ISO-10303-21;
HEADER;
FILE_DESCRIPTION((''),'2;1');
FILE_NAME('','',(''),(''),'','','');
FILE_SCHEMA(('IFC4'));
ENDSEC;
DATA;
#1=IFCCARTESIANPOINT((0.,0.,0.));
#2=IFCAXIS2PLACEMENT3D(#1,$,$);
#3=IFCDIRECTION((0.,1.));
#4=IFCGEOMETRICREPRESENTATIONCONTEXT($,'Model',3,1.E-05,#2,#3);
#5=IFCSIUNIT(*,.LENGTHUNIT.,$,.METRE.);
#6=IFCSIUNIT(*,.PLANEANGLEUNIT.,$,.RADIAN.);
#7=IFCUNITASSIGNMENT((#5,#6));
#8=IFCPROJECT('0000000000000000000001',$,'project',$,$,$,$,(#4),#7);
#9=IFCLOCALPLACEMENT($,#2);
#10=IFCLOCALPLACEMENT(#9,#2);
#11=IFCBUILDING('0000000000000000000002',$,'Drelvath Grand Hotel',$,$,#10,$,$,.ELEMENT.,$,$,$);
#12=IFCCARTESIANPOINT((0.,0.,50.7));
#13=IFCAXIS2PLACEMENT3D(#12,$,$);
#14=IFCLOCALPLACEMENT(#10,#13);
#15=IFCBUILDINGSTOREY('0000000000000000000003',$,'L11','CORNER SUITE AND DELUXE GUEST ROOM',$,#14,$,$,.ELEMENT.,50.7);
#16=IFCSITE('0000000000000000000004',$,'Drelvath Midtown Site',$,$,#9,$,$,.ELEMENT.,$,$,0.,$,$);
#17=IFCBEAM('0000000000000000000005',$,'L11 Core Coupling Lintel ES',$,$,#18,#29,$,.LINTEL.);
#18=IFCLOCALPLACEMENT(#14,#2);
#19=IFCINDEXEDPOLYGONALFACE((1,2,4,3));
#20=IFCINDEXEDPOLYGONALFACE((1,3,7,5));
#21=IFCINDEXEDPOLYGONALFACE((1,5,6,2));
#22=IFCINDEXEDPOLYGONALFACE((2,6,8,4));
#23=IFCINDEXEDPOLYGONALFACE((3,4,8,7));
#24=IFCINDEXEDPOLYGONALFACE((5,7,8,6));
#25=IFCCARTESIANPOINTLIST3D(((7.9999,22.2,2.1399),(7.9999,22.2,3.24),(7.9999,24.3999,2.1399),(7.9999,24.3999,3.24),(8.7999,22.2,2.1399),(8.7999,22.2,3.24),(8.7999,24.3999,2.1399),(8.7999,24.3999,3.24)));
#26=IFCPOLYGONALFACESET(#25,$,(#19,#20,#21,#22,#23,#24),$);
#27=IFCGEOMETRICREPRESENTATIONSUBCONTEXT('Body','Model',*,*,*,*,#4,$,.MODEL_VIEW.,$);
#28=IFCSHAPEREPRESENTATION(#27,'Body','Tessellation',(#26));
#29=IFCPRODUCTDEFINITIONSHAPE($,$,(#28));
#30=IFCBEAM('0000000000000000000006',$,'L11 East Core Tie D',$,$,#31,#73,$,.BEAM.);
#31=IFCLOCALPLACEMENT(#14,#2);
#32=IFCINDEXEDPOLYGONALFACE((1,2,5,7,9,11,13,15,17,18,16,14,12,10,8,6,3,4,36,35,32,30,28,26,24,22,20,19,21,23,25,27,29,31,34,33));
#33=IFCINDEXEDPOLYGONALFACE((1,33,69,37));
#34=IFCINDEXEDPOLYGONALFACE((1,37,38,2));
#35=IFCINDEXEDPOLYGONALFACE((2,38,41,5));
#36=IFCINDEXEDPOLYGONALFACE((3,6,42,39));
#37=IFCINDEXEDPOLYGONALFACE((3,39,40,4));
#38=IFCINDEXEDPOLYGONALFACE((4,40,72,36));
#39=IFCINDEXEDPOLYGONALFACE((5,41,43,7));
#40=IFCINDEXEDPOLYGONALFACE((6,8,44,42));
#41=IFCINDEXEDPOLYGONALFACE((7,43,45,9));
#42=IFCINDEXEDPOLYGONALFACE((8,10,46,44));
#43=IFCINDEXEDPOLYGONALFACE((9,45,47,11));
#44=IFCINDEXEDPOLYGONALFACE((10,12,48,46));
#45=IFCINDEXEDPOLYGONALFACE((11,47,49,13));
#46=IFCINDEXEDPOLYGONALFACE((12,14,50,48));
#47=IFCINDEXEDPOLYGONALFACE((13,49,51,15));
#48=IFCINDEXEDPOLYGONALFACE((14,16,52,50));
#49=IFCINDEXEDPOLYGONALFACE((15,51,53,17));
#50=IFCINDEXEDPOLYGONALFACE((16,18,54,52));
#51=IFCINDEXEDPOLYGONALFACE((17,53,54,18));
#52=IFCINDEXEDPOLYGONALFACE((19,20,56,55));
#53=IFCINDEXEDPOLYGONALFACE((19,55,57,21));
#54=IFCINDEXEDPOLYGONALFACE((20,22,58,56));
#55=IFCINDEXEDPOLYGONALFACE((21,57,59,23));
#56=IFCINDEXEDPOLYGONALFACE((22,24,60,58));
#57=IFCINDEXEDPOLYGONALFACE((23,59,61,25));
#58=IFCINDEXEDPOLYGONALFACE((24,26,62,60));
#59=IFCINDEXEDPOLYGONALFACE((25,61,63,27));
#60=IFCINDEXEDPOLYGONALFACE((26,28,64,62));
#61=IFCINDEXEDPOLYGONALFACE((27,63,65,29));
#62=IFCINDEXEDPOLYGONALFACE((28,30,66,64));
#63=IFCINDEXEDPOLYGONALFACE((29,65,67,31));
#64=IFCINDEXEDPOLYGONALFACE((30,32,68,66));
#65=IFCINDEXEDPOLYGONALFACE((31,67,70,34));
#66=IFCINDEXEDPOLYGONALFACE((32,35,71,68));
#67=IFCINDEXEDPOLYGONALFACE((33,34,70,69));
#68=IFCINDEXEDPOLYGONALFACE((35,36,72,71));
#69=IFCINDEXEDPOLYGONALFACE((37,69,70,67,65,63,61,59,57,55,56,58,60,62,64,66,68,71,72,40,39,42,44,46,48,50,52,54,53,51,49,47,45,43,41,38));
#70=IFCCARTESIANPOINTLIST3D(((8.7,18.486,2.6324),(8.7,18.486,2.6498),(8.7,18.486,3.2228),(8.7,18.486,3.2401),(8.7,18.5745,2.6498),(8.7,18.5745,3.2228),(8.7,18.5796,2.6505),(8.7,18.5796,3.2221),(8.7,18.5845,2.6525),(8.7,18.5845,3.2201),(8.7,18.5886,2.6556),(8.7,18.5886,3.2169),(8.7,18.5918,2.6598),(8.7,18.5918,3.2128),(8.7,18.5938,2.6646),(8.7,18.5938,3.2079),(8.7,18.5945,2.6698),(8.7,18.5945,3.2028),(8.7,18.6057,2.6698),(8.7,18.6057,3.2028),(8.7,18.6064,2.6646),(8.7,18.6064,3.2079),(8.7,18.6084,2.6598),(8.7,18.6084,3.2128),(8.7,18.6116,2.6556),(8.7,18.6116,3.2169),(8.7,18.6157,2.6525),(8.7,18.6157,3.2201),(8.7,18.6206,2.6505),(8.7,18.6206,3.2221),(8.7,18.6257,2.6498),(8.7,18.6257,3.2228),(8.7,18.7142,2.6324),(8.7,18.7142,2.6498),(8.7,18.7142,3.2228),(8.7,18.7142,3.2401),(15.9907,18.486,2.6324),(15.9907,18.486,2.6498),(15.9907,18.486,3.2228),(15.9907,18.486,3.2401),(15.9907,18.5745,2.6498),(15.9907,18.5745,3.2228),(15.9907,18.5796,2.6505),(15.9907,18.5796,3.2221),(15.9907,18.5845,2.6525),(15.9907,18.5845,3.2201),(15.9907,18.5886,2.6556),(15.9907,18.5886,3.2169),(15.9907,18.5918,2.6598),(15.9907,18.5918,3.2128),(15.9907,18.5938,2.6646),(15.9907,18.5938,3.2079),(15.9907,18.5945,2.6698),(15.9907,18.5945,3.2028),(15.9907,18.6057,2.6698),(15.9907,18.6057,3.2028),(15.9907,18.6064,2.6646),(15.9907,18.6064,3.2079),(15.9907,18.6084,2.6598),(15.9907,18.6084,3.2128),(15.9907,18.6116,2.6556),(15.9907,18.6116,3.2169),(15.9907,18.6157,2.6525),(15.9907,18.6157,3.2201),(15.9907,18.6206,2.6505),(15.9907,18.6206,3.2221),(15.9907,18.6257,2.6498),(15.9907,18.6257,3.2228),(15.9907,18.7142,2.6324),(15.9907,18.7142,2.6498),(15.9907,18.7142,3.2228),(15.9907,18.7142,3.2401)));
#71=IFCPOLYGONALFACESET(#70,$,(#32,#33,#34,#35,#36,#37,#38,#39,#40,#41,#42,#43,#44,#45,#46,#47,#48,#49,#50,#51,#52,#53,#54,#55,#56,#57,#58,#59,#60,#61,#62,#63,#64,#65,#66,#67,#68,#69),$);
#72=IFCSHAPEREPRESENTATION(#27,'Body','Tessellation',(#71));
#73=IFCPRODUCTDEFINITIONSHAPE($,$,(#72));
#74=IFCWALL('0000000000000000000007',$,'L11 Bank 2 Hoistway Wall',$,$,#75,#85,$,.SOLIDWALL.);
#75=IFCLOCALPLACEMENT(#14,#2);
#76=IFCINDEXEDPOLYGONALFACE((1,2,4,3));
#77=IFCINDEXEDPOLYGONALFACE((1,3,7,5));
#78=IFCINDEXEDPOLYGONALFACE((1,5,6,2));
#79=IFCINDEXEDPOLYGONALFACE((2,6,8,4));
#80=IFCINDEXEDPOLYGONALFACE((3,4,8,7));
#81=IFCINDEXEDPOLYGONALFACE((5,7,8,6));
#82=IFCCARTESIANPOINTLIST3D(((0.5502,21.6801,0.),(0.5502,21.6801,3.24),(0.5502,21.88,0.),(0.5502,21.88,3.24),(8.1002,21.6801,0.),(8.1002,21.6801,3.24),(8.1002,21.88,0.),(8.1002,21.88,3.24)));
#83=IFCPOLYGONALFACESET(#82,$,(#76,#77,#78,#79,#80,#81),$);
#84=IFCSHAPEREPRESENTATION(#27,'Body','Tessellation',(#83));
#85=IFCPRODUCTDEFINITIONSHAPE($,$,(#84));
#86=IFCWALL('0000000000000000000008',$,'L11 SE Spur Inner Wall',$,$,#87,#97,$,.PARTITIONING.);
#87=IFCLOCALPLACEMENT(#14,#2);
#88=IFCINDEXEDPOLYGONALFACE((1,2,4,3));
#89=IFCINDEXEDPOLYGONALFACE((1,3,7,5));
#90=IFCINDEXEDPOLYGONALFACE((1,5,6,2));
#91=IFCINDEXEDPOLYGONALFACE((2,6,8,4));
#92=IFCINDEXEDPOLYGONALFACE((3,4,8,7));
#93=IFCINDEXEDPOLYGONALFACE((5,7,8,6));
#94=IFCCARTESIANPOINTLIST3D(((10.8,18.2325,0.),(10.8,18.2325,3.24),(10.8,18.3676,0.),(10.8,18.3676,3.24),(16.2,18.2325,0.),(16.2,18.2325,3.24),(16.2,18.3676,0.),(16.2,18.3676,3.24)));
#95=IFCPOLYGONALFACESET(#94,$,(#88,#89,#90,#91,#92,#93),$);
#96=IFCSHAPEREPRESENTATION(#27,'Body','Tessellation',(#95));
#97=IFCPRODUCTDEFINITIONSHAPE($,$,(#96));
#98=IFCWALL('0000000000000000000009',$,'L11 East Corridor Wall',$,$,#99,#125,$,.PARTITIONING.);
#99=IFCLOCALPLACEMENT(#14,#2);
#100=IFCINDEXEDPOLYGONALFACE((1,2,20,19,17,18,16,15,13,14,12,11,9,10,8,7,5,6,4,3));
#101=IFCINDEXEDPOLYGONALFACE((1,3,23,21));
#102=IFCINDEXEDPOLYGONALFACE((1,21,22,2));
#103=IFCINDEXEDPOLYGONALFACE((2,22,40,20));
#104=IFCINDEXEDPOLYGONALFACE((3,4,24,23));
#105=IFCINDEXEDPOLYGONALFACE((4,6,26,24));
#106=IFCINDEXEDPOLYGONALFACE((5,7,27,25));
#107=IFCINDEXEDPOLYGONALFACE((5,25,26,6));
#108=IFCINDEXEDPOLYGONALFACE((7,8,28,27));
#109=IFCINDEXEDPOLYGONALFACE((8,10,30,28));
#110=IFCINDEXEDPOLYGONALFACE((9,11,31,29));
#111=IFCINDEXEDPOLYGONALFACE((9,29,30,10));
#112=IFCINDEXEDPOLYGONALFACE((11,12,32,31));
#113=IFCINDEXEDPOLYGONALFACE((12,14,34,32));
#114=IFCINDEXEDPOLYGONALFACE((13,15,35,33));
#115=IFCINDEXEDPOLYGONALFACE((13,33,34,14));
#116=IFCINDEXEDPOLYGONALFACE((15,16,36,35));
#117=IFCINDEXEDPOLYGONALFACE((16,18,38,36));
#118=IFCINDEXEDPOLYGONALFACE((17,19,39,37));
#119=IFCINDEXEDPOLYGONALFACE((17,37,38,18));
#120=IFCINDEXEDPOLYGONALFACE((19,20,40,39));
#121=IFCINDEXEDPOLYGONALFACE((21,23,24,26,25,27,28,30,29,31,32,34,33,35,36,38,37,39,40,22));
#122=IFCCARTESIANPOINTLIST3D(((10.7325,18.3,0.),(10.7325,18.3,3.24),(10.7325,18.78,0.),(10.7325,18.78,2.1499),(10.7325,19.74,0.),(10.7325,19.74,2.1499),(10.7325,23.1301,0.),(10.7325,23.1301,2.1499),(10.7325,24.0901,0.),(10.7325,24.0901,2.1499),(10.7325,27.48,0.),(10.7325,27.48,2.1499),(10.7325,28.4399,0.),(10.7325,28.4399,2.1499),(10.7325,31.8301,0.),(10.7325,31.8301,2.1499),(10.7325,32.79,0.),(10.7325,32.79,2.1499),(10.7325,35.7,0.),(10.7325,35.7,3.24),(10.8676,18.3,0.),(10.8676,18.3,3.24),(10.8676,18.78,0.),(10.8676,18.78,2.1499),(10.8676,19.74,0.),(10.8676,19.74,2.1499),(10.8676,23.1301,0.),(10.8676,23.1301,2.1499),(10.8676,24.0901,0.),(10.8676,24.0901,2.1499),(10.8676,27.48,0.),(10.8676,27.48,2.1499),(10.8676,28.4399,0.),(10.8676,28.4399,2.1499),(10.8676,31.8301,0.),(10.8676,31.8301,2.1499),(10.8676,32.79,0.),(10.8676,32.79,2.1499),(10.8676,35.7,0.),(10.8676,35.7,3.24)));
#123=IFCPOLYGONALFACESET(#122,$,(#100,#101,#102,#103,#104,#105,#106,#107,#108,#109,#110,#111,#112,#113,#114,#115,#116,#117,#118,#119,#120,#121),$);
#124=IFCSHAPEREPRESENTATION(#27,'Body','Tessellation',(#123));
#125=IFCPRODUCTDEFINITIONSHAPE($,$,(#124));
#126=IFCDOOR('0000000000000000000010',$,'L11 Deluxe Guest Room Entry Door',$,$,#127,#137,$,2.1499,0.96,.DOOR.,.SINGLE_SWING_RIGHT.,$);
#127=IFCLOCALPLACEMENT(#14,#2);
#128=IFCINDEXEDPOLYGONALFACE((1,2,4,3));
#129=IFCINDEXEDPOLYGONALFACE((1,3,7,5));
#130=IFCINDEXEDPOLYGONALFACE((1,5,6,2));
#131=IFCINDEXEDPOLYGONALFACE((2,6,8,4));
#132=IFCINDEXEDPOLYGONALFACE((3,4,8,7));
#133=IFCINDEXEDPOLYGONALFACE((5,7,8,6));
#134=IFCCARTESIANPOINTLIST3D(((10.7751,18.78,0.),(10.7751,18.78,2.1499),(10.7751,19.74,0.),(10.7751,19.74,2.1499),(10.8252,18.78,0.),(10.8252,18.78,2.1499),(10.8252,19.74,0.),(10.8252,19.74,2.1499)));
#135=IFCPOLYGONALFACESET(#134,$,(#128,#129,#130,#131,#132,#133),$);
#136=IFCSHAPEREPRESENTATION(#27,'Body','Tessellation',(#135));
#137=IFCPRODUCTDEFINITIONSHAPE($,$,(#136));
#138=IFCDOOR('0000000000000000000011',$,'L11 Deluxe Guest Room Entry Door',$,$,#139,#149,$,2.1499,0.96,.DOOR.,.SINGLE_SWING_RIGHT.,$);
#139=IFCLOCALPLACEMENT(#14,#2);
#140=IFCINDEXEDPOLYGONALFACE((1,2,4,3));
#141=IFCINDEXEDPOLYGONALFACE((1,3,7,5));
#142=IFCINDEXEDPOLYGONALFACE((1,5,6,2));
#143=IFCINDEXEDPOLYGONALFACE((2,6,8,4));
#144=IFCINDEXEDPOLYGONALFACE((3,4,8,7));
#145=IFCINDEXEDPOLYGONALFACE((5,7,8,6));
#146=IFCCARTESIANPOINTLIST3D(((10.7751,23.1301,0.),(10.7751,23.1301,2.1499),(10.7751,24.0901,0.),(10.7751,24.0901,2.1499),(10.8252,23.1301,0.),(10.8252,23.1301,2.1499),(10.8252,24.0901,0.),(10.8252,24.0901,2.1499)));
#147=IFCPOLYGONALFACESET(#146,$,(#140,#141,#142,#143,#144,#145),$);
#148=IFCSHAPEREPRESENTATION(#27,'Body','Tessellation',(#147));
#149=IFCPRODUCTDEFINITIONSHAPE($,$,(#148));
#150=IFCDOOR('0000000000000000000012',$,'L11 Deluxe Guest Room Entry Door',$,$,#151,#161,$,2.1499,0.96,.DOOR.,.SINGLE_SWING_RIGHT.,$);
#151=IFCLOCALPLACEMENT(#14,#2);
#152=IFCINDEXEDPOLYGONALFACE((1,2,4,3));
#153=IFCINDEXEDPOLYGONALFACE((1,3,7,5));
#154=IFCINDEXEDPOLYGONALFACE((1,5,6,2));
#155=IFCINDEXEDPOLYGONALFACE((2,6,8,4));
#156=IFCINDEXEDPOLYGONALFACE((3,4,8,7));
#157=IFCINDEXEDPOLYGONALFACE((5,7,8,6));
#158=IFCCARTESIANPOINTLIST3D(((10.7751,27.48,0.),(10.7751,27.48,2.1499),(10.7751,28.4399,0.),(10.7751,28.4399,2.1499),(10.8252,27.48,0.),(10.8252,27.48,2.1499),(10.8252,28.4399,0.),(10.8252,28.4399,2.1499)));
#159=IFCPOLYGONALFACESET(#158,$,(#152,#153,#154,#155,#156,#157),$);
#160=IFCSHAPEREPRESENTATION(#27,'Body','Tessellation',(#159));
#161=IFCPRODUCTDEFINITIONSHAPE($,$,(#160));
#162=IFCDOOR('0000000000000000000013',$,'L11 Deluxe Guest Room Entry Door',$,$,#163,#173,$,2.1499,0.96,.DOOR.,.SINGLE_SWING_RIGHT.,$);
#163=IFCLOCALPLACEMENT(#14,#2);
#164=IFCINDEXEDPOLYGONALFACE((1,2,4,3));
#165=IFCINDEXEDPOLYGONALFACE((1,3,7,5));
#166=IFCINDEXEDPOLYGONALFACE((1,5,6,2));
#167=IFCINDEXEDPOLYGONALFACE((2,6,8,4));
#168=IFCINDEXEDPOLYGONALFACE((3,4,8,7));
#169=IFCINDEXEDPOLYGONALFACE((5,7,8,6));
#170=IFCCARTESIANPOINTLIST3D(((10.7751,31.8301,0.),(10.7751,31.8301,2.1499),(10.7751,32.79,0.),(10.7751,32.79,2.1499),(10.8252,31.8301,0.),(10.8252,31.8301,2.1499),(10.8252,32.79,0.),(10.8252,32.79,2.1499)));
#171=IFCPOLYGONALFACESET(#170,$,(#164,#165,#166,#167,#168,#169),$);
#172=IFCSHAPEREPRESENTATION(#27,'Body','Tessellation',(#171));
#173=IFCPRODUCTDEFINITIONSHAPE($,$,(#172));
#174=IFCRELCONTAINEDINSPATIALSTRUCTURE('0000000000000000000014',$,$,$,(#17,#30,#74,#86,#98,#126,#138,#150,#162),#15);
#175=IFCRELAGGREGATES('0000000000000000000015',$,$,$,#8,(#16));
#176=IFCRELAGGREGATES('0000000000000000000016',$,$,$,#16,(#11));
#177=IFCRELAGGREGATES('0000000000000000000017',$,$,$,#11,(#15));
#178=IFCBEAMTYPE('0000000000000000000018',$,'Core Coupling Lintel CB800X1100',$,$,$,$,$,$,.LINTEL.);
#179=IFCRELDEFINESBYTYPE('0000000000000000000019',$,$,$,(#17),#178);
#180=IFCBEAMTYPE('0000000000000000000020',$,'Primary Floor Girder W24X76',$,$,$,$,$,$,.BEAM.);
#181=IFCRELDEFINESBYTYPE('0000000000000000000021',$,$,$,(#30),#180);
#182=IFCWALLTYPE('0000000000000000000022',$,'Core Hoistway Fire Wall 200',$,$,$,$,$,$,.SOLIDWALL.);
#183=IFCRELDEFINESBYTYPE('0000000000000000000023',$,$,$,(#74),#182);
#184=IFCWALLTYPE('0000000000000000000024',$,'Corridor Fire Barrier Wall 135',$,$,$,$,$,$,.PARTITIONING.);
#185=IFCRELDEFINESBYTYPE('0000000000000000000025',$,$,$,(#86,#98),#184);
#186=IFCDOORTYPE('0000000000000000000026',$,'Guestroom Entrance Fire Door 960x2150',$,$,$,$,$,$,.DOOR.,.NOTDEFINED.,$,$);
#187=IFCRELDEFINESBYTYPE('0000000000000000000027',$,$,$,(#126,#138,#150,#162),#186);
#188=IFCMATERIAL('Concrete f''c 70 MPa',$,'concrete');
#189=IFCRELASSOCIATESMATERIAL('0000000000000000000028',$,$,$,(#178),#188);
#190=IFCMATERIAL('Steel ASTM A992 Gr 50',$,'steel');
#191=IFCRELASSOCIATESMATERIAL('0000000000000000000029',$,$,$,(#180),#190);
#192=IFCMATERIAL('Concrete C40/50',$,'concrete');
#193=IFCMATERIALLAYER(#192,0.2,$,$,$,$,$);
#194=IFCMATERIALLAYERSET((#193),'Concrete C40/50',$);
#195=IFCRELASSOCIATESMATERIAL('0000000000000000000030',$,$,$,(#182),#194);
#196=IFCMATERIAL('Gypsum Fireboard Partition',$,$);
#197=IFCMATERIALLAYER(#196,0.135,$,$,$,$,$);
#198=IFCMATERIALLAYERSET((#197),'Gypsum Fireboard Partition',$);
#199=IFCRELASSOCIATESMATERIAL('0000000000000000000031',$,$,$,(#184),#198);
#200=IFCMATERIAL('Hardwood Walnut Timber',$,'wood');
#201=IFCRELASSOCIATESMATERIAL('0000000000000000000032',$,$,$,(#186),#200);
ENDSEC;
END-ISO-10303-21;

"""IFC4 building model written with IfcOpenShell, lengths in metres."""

from ifc_helpers import new_model, si_unit, direction, frame, frame_2d, origin, origin_2d, place, context, subcontext, project, spatial, rectangle, i_section, extrude, material, layer, layer_set, material_profile, profile_set, type_object, element, fill, save


model = new_model("IFC4")

# Units and contexts
model_context = context("Model", 3, precision=1e-05, world=origin(), true_north=direction((0.0, 1.0)))
body_context = subcontext(model_context, "Body", "Model", "MODEL_VIEW")
ifc_project = project(units=[si_unit("LENGTHUNIT", "METRE"), si_unit("PLANEANGLEUNIT", "RADIAN")], contexts=[model_context])

# Site, building, storey
site_placement = place(None, origin())
site = spatial("IfcSite", under=ifc_project, at=site_placement, Name="Drelvath Midtown Site", CompositionType="ELEMENT", RefElevation=0.0)
building_placement = place(site_placement, origin())
building = spatial("IfcBuilding", under=site, at=building_placement, Name="Drelvath Grand Hotel", CompositionType="ELEMENT")
storey_placement = place(building_placement, frame((0.0, 0.0, 50.7)))
storey = spatial("IfcBuildingStorey", under=building, at=storey_placement, Name="L11", Description="CORNER SUITE AND DELUXE GUEST ROOM", CompositionType="ELEMENT", Elevation=50.7)

# Beams
ifc_material_1 = material(Name="Concrete f'c 70 MPa", Category="concrete")
ifc_material_profile_1 = material_profile(ifc_material_1, rectangle(XDim=0.8, YDim=1.1001, at=origin_2d()), Name="CB800X1100")
ifc_profile_set_1 = profile_set([ifc_material_profile_1], Name="Concrete f'c 70 MPa")
beam_type_1 = type_object("IfcBeamType", Name="Core Coupling Lintel CB800X1100", PredefinedType="LINTEL", material=ifc_profile_set_1)
beam_1_placement = place(storey_placement, frame((8.3999, 22.2, 2.6899), z_axis=(0.0, 1.0, 0.0), x_axis=(-1.0, 0.0, 0.0)))
element("IfcBeam", 1, at=beam_1_placement, inside=storey, type_object=beam_type_1, Name="L11 Core Coupling Lintel ES", PredefinedType="LINTEL", context=body_context, shape_type="SweptSolid", body=[
    extrude(rectangle(XDim=0.8, YDim=1.1001, at=origin_2d()), origin(), (0.0, 0.0, 1.0), 2.2),
])
ifc_material_2 = material(Name="Steel ASTM A992 Gr 50", Category="steel")
ifc_material_profile_2 = material_profile(ifc_material_2, i_section(OverallWidth=0.2283, OverallDepth=0.6077, WebThickness=0.0112, FlangeThickness=0.0173, FilletRadius=0.02, at=origin_2d()), Name="W24X76")
ifc_profile_set_2 = profile_set([ifc_material_profile_2], Name="Steel ASTM A992 Gr 50")
beam_type_2 = type_object("IfcBeamType", Name="Primary Floor Girder W24X76", PredefinedType="BEAM", material=ifc_profile_set_2)
beam_2_placement = place(storey_placement, frame((8.7, 18.6001, 2.9363), z_axis=(1.0, 0.0, 0.0), x_axis=(0.0, 1.0, 0.0)))
element("IfcBeam", 2, at=beam_2_placement, inside=storey, type_object=beam_type_2, Name="L11 East Core Tie D", PredefinedType="BEAM", context=body_context, shape_type="SweptSolid", body=[
    extrude(i_section(OverallWidth=0.2283, OverallDepth=0.6077, WebThickness=0.0112, FlangeThickness=0.0173, FilletRadius=0.02, at=origin_2d()), origin(), (0.0, 0.0, 1.0), 7.2908),
])

# Walls
ifc_material_3 = material(Name="Concrete C40/50", Category="concrete")
ifc_layer_1 = layer(ifc_material_3, 0.2)
ifc_layer_set_1 = layer_set([ifc_layer_1], Name="Concrete C40/50")
wall_type_1 = type_object("IfcWallType", Name="Core Hoistway Fire Wall 200", PredefinedType="SOLIDWALL", material=ifc_layer_set_1)
wall_1_placement = place(storey_placement, frame((8.1001, 21.78, 0.0), z_axis=(0.0, 0.0, 1.0), x_axis=(-1.0, 0.0, 0.0)))
element("IfcWall", 3, at=wall_1_placement, inside=storey, type_object=wall_type_1, Name="L11 Bank 2 Hoistway Wall", PredefinedType="SOLIDWALL", context=body_context, shape_type="SweptSolid", body=[
    extrude(rectangle(XDim=7.55, YDim=0.2, at=frame_2d((3.7749, 0.0))), origin(), (0.0, 0.0, 1.0), 3.24),
])
ifc_material_4 = material(Name="Gypsum Fireboard Partition")
ifc_layer_2 = layer(ifc_material_4, 0.135)
ifc_layer_set_2 = layer_set([ifc_layer_2], Name="Gypsum Fireboard Partition")
wall_type_2 = type_object("IfcWallType", Name="Corridor Fire Barrier Wall 135", PredefinedType="PARTITIONING", material=ifc_layer_set_2)
wall_2_placement = place(storey_placement, frame((10.8, 18.3, 0.0), z_axis=(0.0, 0.0, 1.0), x_axis=(1.0, 0.0, 0.0)))
element("IfcWall", 4, at=wall_2_placement, inside=storey, type_object=wall_type_2, Name="L11 SE Spur Inner Wall", PredefinedType="PARTITIONING", context=body_context, shape_type="SweptSolid", body=[
    extrude(rectangle(XDim=5.3999, YDim=0.135, at=frame_2d((2.7, 0.0))), origin(), (0.0, 0.0, 1.0), 3.24),
])

# Wall, openings, doors
wall_3_placement = place(storey_placement, frame((10.8, 18.3, 0.0), z_axis=(0.0, 0.0, 1.0), x_axis=(0.0, 1.0, 0.0)))
wall_3 = element("IfcWall", 5, at=wall_3_placement, inside=storey, type_object=wall_type_2, Name="L11 East Corridor Wall", PredefinedType="PARTITIONING", context=body_context, shape_type="SweptSolid", body=[
    extrude(rectangle(XDim=17.3999, YDim=0.135, at=frame_2d((8.7, 0.0))), origin(), (0.0, 0.0, 1.0), 3.24),
])
opening_1_placement = place(wall_3_placement, frame((0.48, 0.0, 0.0)))
opening_1 = element("IfcOpeningElement", 6, at=opening_1_placement, cuts=wall_3, PredefinedType="OPENING", context=body_context, shape_type="SweptSolid", body=[
    extrude(rectangle(XDim=0.96, YDim=2.1499, at=frame_2d((0.48, 1.075))), frame((0.0, 0.0774, 0.0), z_axis=(0.0, -1.0, 0.0), x_axis=(1.0, 0.0, 0.0)), (0.0, 0.0, 1.0), 0.155),
])
opening_2_placement = place(wall_3_placement, frame((4.8301, 0.0, 0.0)))
opening_2 = element("IfcOpeningElement", 7, at=opening_2_placement, cuts=wall_3, PredefinedType="OPENING", context=body_context, shape_type="SweptSolid", body=[
    extrude(rectangle(XDim=0.96, YDim=2.1499, at=frame_2d((0.48, 1.075))), frame((0.0, 0.0774, 0.0), z_axis=(0.0, -1.0, 0.0), x_axis=(1.0, 0.0, 0.0)), (0.0, 0.0, 1.0), 0.155),
])
opening_3_placement = place(wall_3_placement, frame((9.1799, 0.0, 0.0)))
opening_3 = element("IfcOpeningElement", 8, at=opening_3_placement, cuts=wall_3, PredefinedType="OPENING", context=body_context, shape_type="SweptSolid", body=[
    extrude(rectangle(XDim=0.96, YDim=2.1499, at=frame_2d((0.48, 1.075))), frame((0.0, 0.0774, 0.0), z_axis=(0.0, -1.0, 0.0), x_axis=(1.0, 0.0, 0.0)), (0.0, 0.0, 1.0), 0.155),
])
opening_4_placement = place(wall_3_placement, frame((13.53, 0.0, 0.0)))
opening_4 = element("IfcOpeningElement", 9, at=opening_4_placement, cuts=wall_3, PredefinedType="OPENING", context=body_context, shape_type="SweptSolid", body=[
    extrude(rectangle(XDim=0.96, YDim=2.1499, at=frame_2d((0.48, 1.075))), frame((0.0, 0.0774, 0.0), z_axis=(0.0, -1.0, 0.0), x_axis=(1.0, 0.0, 0.0)), (0.0, 0.0, 1.0), 0.155),
])
ifc_material_5 = material(Name="Hardwood Walnut Timber", Category="wood")
door_type_1 = type_object("IfcDoorType", Name="Guestroom Entrance Fire Door 960x2150", OperationType="NOTDEFINED", PredefinedType="DOOR", material=ifc_material_5)
door_1_placement = place(opening_1_placement, origin())
door_1 = element("IfcDoor", 10, at=door_1_placement, inside=storey, type_object=door_type_1, Name="L11 Deluxe Guest Room Entry Door", OperationType="SINGLE_SWING_RIGHT", OverallHeight=2.1499, OverallWidth=0.96, PredefinedType="DOOR", context=body_context, shape_type="SweptSolid", body=[
    extrude(rectangle(XDim=0.96, YDim=2.1499, at=frame_2d((0.48, 1.075))), frame((0.0, 0.0249, 0.0), z_axis=(0.0, -1.0, 0.0), x_axis=(1.0, 0.0, 0.0)), (0.0, 0.0, 1.0), 0.05),
])
fill(opening_1, door_1)
door_2_placement = place(opening_2_placement, origin())
door_2 = element("IfcDoor", 11, at=door_2_placement, inside=storey, type_object=door_type_1, Name="L11 Deluxe Guest Room Entry Door", OperationType="SINGLE_SWING_RIGHT", OverallHeight=2.1499, OverallWidth=0.96, PredefinedType="DOOR", context=body_context, shape_type="SweptSolid", body=[
    extrude(rectangle(XDim=0.96, YDim=2.1499, at=frame_2d((0.48, 1.075))), frame((0.0, 0.0249, 0.0), z_axis=(0.0, -1.0, 0.0), x_axis=(1.0, 0.0, 0.0)), (0.0, 0.0, 1.0), 0.05),
])
fill(opening_2, door_2)
door_3_placement = place(opening_3_placement, origin())
door_3 = element("IfcDoor", 12, at=door_3_placement, inside=storey, type_object=door_type_1, Name="L11 Deluxe Guest Room Entry Door", OperationType="SINGLE_SWING_RIGHT", OverallHeight=2.1499, OverallWidth=0.96, PredefinedType="DOOR", context=body_context, shape_type="SweptSolid", body=[
    extrude(rectangle(XDim=0.96, YDim=2.1499, at=frame_2d((0.48, 1.075))), frame((0.0, 0.0249, 0.0), z_axis=(0.0, -1.0, 0.0), x_axis=(1.0, 0.0, 0.0)), (0.0, 0.0, 1.0), 0.05),
])
fill(opening_3, door_3)
door_4_placement = place(opening_4_placement, origin())
door_4 = element("IfcDoor", 13, at=door_4_placement, inside=storey, type_object=door_type_1, Name="L11 Deluxe Guest Room Entry Door", OperationType="SINGLE_SWING_RIGHT", OverallHeight=2.1499, OverallWidth=0.96, PredefinedType="DOOR", context=body_context, shape_type="SweptSolid", body=[
    extrude(rectangle(XDim=0.96, YDim=2.1499, at=frame_2d((0.48, 1.075))), frame((0.0, 0.0249, 0.0), z_axis=(0.0, -1.0, 0.0), x_axis=(1.0, 0.0, 0.0)), (0.0, 0.0, 1.0), 0.05),
])
fill(opening_4, door_4)

save(model, "model.ifc")
